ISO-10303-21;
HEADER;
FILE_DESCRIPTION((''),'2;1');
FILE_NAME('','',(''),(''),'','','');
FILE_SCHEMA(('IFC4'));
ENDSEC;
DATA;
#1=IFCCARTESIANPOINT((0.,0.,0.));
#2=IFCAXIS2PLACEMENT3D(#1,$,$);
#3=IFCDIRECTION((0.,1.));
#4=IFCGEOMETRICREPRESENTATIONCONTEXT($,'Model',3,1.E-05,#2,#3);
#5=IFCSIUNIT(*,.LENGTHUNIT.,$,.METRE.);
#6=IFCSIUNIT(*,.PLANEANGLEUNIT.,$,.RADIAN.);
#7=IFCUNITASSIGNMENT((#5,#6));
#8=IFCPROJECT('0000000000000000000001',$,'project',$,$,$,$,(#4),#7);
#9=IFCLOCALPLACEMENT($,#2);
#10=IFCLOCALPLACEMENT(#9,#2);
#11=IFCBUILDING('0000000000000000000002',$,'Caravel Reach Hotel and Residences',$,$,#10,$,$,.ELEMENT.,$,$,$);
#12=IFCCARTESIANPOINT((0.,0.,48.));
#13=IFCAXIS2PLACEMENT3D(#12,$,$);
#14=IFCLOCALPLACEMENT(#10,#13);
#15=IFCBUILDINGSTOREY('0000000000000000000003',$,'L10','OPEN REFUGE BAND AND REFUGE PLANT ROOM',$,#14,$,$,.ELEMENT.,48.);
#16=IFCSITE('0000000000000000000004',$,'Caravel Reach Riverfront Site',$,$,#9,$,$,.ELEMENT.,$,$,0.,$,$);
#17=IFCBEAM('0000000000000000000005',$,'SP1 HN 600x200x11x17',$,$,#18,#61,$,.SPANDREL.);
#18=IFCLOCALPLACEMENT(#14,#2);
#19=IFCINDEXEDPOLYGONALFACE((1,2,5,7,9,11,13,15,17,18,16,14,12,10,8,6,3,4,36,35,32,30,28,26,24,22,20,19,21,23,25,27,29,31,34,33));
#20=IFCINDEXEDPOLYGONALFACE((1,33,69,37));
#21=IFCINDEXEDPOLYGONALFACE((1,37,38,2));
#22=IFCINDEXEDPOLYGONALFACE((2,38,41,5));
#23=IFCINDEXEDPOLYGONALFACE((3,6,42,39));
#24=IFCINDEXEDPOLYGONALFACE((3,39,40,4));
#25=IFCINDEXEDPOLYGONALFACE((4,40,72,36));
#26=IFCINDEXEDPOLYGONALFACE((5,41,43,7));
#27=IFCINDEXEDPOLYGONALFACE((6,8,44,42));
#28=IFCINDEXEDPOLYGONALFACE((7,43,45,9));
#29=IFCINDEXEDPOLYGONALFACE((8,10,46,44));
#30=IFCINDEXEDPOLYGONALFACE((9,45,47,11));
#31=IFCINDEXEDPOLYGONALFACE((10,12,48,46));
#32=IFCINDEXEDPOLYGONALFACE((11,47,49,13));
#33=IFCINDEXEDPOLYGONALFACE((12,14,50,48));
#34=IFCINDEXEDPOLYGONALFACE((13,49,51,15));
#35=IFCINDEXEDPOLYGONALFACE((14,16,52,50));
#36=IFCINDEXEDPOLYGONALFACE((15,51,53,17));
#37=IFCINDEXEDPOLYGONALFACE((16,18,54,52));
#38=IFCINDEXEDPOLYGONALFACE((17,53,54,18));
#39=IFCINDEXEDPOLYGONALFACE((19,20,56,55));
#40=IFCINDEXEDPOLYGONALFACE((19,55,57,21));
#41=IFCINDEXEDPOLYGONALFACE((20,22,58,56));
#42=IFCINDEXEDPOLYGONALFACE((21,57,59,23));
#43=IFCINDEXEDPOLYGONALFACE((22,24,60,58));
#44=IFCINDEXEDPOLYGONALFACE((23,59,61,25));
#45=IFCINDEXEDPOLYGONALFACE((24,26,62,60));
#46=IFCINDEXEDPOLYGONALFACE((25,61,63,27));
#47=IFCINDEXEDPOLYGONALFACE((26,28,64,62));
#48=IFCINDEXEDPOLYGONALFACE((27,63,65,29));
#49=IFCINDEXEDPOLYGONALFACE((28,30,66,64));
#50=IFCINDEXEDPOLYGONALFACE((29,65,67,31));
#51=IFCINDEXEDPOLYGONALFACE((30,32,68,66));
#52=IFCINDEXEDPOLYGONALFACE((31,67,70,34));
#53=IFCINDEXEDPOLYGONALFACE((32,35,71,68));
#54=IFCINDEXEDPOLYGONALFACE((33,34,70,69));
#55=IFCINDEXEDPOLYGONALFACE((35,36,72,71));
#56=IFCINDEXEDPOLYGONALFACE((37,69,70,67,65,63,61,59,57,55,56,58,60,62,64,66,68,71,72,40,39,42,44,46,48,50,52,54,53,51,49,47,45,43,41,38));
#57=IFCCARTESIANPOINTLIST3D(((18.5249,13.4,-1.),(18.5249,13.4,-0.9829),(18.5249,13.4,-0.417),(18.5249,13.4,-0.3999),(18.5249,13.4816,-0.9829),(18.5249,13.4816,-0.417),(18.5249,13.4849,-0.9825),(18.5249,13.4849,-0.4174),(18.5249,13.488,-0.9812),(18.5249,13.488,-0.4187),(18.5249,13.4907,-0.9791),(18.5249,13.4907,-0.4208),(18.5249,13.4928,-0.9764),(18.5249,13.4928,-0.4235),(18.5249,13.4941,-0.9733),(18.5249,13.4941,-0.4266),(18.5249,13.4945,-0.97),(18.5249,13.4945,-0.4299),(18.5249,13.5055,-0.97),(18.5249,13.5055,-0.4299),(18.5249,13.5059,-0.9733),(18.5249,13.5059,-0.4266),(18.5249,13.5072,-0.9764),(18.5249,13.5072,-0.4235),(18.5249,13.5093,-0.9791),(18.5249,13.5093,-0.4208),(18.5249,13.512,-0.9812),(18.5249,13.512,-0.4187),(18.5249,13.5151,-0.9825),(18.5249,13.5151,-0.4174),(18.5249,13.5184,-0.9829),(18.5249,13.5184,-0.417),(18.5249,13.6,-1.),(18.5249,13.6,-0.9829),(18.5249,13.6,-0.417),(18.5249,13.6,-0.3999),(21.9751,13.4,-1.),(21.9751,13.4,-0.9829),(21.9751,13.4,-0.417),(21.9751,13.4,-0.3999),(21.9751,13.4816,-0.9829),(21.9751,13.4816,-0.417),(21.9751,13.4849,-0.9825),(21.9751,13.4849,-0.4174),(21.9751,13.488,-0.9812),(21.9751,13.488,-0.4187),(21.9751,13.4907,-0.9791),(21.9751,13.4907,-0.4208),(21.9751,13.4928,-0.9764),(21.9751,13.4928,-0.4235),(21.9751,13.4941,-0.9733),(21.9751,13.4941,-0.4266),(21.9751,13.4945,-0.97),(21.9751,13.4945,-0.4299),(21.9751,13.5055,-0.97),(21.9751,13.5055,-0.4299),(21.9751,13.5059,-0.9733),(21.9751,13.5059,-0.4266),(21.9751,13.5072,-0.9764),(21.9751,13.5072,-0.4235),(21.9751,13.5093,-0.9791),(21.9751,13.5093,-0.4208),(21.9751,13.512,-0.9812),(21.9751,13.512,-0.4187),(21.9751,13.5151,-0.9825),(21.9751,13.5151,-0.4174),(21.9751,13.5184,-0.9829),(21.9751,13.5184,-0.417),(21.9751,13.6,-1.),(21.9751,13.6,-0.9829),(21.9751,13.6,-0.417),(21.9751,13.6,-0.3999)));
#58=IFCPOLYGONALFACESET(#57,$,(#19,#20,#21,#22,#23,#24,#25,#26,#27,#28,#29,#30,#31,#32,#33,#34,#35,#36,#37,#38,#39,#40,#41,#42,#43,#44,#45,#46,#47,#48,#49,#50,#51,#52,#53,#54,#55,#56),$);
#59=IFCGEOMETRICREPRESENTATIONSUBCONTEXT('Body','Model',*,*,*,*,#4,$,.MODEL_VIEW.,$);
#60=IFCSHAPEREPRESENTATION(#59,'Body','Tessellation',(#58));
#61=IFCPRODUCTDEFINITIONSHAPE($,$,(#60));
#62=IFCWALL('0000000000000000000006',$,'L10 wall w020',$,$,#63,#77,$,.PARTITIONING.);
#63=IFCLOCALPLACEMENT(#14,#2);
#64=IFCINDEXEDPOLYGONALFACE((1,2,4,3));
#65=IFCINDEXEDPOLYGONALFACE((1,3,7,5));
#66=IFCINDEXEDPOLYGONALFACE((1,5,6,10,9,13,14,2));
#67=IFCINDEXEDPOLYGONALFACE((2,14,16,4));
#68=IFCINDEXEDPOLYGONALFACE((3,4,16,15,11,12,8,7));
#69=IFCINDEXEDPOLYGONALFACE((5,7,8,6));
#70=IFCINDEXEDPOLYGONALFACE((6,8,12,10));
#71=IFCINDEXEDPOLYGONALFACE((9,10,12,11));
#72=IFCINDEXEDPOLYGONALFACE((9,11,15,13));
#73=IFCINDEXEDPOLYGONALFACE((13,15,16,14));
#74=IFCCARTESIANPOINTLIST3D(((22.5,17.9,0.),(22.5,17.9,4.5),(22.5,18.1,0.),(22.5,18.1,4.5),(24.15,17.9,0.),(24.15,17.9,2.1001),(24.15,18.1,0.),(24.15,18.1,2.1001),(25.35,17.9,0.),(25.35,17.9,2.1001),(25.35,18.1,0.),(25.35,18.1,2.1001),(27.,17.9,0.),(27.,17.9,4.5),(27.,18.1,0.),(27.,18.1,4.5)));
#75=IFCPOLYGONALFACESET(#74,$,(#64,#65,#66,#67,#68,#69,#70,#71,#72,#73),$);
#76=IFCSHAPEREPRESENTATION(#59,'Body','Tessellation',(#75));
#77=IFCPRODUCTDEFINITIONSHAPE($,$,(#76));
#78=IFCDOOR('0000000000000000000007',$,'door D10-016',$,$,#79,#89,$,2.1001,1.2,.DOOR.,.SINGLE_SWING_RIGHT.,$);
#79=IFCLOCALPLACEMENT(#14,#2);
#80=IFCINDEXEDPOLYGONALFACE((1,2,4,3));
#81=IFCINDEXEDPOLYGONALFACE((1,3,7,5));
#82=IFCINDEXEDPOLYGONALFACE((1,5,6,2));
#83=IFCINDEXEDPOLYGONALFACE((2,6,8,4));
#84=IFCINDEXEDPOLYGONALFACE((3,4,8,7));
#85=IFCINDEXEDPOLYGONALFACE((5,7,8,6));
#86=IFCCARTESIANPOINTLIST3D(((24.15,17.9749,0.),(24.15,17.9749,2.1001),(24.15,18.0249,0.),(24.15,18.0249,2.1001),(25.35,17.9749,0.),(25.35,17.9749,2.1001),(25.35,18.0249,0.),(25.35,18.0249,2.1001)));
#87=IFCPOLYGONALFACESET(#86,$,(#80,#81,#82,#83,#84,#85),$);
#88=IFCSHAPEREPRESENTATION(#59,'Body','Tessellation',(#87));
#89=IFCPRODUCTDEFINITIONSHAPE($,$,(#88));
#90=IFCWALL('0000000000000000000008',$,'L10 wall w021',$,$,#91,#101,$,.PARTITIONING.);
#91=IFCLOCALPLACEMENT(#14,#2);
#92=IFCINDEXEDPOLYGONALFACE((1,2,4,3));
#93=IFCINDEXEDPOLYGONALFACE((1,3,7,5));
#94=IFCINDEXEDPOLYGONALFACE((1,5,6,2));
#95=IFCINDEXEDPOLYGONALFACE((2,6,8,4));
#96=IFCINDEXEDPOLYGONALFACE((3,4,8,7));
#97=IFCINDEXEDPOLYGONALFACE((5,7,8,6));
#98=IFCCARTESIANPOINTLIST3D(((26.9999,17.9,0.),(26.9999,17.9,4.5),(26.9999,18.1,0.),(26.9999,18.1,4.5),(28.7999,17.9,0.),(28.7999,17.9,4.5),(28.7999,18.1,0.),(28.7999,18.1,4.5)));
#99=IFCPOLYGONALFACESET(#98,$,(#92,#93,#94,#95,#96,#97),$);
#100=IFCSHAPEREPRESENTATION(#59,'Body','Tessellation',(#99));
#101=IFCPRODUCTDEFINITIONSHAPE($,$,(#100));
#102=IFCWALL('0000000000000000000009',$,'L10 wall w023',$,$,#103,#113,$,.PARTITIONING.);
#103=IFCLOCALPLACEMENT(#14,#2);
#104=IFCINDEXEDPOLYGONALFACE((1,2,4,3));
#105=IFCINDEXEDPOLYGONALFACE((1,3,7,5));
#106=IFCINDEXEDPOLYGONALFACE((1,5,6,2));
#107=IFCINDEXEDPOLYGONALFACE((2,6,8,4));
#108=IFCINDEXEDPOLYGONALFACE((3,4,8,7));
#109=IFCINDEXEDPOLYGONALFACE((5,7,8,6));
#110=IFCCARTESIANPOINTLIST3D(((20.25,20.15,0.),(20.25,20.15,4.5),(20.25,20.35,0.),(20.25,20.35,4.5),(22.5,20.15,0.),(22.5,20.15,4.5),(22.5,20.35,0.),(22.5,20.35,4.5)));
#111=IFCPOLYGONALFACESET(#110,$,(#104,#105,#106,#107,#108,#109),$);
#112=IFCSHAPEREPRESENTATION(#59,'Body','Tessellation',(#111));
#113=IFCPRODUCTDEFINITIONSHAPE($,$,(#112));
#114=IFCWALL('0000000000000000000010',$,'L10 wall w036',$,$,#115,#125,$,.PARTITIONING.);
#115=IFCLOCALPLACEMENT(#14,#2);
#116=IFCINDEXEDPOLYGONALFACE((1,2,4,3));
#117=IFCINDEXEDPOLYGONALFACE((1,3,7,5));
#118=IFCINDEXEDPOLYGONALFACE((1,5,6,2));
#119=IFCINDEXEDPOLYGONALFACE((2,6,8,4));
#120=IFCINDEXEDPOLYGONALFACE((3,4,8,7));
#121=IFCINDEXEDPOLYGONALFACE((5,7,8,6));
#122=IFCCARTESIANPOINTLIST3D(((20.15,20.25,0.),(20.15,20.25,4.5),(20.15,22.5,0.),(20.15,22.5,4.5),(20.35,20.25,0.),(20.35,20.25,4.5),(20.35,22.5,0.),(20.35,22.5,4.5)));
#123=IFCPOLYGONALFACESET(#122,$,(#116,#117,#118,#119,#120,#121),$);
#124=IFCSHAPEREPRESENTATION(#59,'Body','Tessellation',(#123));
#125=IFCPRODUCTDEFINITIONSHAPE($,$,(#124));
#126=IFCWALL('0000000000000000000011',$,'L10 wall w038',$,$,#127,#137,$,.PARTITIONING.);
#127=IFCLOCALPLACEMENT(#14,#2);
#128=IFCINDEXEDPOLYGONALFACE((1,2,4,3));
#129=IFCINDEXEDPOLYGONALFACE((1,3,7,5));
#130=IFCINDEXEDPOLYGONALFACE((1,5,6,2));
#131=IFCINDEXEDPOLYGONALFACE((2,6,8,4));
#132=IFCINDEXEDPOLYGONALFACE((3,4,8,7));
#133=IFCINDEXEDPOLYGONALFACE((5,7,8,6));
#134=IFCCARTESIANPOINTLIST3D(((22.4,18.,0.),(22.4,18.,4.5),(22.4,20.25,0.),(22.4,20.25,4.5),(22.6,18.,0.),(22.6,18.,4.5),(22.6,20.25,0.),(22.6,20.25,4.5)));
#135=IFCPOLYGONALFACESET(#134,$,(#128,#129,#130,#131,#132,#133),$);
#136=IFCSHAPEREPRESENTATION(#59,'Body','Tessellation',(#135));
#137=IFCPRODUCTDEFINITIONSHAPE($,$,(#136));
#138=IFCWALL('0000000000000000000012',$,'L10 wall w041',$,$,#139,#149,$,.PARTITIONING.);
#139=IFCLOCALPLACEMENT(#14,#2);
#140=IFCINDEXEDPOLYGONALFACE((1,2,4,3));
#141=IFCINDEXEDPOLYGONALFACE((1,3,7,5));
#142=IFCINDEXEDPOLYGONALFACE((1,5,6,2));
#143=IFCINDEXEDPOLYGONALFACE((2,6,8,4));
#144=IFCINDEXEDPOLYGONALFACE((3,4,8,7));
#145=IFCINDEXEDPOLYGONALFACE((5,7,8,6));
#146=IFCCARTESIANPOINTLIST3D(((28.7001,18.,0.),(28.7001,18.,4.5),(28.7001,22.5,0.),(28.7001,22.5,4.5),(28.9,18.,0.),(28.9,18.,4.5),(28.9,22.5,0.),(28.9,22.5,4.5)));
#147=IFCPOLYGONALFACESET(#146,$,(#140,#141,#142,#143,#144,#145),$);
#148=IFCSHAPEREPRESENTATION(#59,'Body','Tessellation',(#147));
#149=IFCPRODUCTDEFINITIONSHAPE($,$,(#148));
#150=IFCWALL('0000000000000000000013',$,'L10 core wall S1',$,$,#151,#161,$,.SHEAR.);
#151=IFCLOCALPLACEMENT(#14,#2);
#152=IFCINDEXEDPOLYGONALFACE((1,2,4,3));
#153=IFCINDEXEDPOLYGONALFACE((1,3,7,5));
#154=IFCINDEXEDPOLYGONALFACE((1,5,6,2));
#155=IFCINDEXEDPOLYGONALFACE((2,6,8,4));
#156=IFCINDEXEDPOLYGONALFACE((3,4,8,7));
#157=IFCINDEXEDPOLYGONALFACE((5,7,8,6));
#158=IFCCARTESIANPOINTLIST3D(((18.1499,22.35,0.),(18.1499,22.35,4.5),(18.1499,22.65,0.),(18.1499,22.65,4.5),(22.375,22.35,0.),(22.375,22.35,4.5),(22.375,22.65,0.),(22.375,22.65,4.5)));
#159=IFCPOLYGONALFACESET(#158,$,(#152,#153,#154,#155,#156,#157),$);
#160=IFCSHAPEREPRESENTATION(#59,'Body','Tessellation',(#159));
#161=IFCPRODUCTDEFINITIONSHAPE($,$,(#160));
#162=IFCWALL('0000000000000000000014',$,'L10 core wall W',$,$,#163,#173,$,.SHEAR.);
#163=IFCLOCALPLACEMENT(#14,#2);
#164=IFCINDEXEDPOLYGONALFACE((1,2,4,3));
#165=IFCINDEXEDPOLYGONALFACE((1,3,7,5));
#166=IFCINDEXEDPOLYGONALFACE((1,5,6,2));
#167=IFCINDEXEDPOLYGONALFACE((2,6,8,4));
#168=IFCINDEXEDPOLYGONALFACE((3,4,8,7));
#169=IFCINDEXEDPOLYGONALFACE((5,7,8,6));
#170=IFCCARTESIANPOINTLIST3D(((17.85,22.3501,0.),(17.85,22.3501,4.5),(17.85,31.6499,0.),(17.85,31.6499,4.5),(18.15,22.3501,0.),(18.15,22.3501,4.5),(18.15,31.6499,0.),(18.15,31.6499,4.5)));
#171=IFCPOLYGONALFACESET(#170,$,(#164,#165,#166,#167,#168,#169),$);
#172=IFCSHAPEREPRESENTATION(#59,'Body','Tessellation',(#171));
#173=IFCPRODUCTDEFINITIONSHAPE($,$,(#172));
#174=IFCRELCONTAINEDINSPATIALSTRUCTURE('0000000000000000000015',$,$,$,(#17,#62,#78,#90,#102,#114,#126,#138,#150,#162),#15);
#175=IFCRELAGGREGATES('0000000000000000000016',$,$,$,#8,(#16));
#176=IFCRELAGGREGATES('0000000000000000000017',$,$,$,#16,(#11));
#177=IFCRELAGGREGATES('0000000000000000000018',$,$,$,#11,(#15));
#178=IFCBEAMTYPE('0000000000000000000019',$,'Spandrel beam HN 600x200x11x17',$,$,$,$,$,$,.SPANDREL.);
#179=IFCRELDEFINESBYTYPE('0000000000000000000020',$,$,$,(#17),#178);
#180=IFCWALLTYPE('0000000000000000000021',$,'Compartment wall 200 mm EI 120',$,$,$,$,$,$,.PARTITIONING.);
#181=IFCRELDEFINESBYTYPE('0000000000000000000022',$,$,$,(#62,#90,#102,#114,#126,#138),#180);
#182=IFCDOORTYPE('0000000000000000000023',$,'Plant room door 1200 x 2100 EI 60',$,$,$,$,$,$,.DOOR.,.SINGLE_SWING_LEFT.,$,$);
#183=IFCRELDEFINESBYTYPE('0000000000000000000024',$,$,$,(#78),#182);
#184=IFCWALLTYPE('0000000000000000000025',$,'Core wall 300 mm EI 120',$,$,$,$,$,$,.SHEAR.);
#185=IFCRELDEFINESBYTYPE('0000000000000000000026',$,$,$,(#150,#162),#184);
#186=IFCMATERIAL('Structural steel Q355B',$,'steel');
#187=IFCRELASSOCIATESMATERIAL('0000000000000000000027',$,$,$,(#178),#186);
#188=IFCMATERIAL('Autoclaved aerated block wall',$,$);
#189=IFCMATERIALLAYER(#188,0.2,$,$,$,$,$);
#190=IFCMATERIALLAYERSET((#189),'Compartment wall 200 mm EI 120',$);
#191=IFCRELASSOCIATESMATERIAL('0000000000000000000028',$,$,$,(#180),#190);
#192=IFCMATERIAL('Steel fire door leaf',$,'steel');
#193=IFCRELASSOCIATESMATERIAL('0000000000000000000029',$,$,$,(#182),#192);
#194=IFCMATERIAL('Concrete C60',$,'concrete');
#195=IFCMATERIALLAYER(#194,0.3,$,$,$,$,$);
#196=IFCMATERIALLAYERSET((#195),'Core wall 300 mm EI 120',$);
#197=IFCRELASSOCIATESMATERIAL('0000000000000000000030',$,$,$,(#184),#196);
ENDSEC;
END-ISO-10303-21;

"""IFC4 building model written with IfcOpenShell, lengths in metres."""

from ifc_helpers import new_model, si_unit, direction, frame, frame_2d, origin, origin_2d, place, context, subcontext, project, spatial, rectangle, i_section, extrude, material, layer, layer_set, material_profile, profile_set, type_object, element, fill, save


model = new_model("IFC4")

# Units and contexts
model_context = context("Model", 3, precision=1e-05, world=origin(), true_north=direction((0.0, 1.0)))
body_context = subcontext(model_context, "Body", "Model", "MODEL_VIEW")
ifc_project = project(units=[si_unit("LENGTHUNIT", "METRE"), si_unit("PLANEANGLEUNIT", "RADIAN")], contexts=[model_context])

# Site, building, storey
site_placement = place(None, origin())
site = spatial("IfcSite", under=ifc_project, at=site_placement, Name="Caravel Reach Riverfront Site", CompositionType="ELEMENT", RefElevation=0.0)
building_placement = place(site_placement, origin())
building = spatial("IfcBuilding", under=site, at=building_placement, Name="Caravel Reach Hotel and Residences", CompositionType="ELEMENT")
storey_placement = place(building_placement, frame((0.0, 0.0, 48.0)))
storey = spatial("IfcBuildingStorey", under=building, at=storey_placement, Name="L10", Description="OPEN REFUGE BAND AND REFUGE PLANT ROOM", CompositionType="ELEMENT", Elevation=48.0)

# Beam
ifc_material_1 = material(Name="Structural steel Q355B", Category="steel")
ifc_material_profile_1 = material_profile(ifc_material_1, i_section(OverallWidth=0.2, OverallDepth=0.6001, WebThickness=0.011, FlangeThickness=0.0171, FilletRadius=0.0129, at=origin_2d()), Name="HN 600x200x11x17")
ifc_profile_set_1 = profile_set([ifc_material_profile_1], Name="Structural steel Q355B")
beam_type_1 = type_object("IfcBeamType", Name="Spandrel beam HN 600x200x11x17", PredefinedType="SPANDREL", material=ifc_profile_set_1)
beam_1_placement = place(storey_placement, frame((18.5249, 13.5, -0.7), z_axis=(1.0, 0.0, 0.0), x_axis=(0.0, 1.0, 0.0)))
element("IfcBeam", 1, at=beam_1_placement, inside=storey, type_object=beam_type_1, Name="SP1 HN 600x200x11x17", PredefinedType="SPANDREL", context=body_context, shape_type="SweptSolid", body=[
    extrude(i_section(OverallWidth=0.2, OverallDepth=0.6001, WebThickness=0.011, FlangeThickness=0.0171, FilletRadius=0.0129, at=origin_2d()), origin(), (0.0, 0.0, 1.0), 3.4502),
])

# Wall, opening, door
ifc_material_2 = material(Name="Autoclaved aerated block wall")
ifc_layer_1 = layer(ifc_material_2, 0.2)
ifc_layer_set_1 = layer_set([ifc_layer_1], Name="Compartment wall 200 mm EI 120")
wall_type_1 = type_object("IfcWallType", Name="Compartment wall 200 mm EI 120", PredefinedType="PARTITIONING", material=ifc_layer_set_1)
wall_1_placement = place(storey_placement, frame((22.5, 18.0, 0.0), z_axis=(0.0, 0.0, 1.0), x_axis=(1.0, 0.0, 0.0)))
wall_1 = element("IfcWall", 2, at=wall_1_placement, inside=storey, type_object=wall_type_1, Name="L10 wall w020", PredefinedType="PARTITIONING", context=body_context, shape_type="SweptSolid", body=[
    extrude(rectangle(XDim=4.5, YDim=0.2, at=frame_2d((2.25, 0.0))), origin(), (0.0, 0.0, 1.0), 4.5),
])
opening_1_placement = place(wall_1_placement, frame((1.6499, 0.0, 0.0)))
opening_1 = element("IfcOpeningElement", 3, at=opening_1_placement, cuts=wall_1, PredefinedType="OPENING", context=body_context, shape_type="SweptSolid", body=[
    extrude(rectangle(XDim=1.2, YDim=2.1001, at=frame_2d((0.6001, 1.05))), frame((0.0, 0.1099, 0.0), z_axis=(0.0, -1.0, 0.0), x_axis=(1.0, 0.0, 0.0)), (0.0, 0.0, 1.0), 0.22),
])
ifc_material_3 = material(Name="Steel fire door leaf", Category="steel")
door_type_1 = type_object("IfcDoorType", Name="Plant room door 1200 x 2100 EI 60", OperationType="SINGLE_SWING_LEFT", PredefinedType="DOOR", material=ifc_material_3)
door_1_placement = place(opening_1_placement, origin())
door_1 = element("IfcDoor", 4, at=door_1_placement, inside=storey, type_object=door_type_1, Name="door D10-016", OperationType="SINGLE_SWING_RIGHT", OverallHeight=2.1001, OverallWidth=1.2, PredefinedType="DOOR", context=body_context, shape_type="SweptSolid", body=[
    extrude(rectangle(XDim=1.2, YDim=2.1001, at=frame_2d((0.6001, 1.05))), frame((0.0, 0.0249, 0.0), z_axis=(0.0, -1.0, 0.0), x_axis=(1.0, 0.0, 0.0)), (0.0, 0.0, 1.0), 0.05),
])
fill(opening_1, door_1)

# Walls
wall_2_placement = place(storey_placement, frame((27.0, 18.0, 0.0), z_axis=(0.0, 0.0, 1.0), x_axis=(1.0, 0.0, 0.0)))
element("IfcWall", 5, at=wall_2_placement, inside=storey, type_object=wall_type_1, Name="L10 wall w021", PredefinedType="PARTITIONING", context=body_context, shape_type="SweptSolid", body=[
    extrude(rectangle(XDim=1.8, YDim=0.2, at=frame_2d((0.8999, 0.0))), origin(), (0.0, 0.0, 1.0), 4.5),
])
for number, where, z_axis, x_axis, name in (
    (6, (20.25, 20.25, 0.0), (0.0, 0.0, 1.0), (1.0, 0.0, 0.0), "L10 wall w023"),
    (7, (20.25, 20.25, 0.0), (0.0, 0.0, 1.0), (0.0, 1.0, 0.0), "L10 wall w036"),
    (8, (22.5, 18.0, 0.0), (0.0, 0.0, 1.0), (0.0, 1.0, 0.0), "L10 wall w038"),
):
    element("IfcWall", number, at=place(storey_placement, frame(where, z_axis=z_axis, x_axis=x_axis)), inside=storey, type_object=wall_type_1, Name=name, PredefinedType="PARTITIONING", context=body_context, shape_type="SweptSolid", body=[
        extrude(rectangle(XDim=2.25, YDim=0.2, at=frame_2d((1.125, 0.0))), origin(), (0.0, 0.0, 1.0), 4.5),
    ])
wall_3_placement = place(storey_placement, frame((28.8, 18.0, 0.0), z_axis=(0.0, 0.0, 1.0), x_axis=(0.0, 1.0, 0.0)))
element("IfcWall", 9, at=wall_3_placement, inside=storey, type_object=wall_type_1, Name="L10 wall w041", PredefinedType="PARTITIONING", context=body_context, shape_type="SweptSolid", body=[
    extrude(rectangle(XDim=4.5, YDim=0.2, at=frame_2d((2.25, 0.0))), origin(), (0.0, 0.0, 1.0), 4.5),
])
ifc_material_4 = material(Name="Concrete C60", Category="concrete")
ifc_layer_2 = layer(ifc_material_4, 0.3)
ifc_layer_set_2 = layer_set([ifc_layer_2], Name="Core wall 300 mm EI 120")
wall_type_2 = type_object("IfcWallType", Name="Core wall 300 mm EI 120", PredefinedType="SHEAR", material=ifc_layer_set_2)
wall_4_placement = place(storey_placement, frame((18.1499, 22.5, 0.0), z_axis=(0.0, 0.0, 1.0), x_axis=(1.0, 0.0, 0.0)))
element("IfcWall", 10, at=wall_4_placement, inside=storey, type_object=wall_type_2, Name="L10 core wall S1", PredefinedType="SHEAR", context=body_context, shape_type="SweptSolid", body=[
    extrude(rectangle(XDim=4.2251, YDim=0.3, at=frame_2d((2.1125, 0.0))), origin(), (0.0, 0.0, 1.0), 4.5),
])
wall_5_placement = place(storey_placement, frame((18.0, 22.3501, 0.0), z_axis=(0.0, 0.0, 1.0), x_axis=(0.0, 1.0, 0.0)))
element("IfcWall", 11, at=wall_5_placement, inside=storey, type_object=wall_type_2, Name="L10 core wall W", PredefinedType="SHEAR", context=body_context, shape_type="SweptSolid", body=[
    extrude(rectangle(XDim=9.2998, YDim=0.3, at=frame_2d((4.6499, 0.0))), origin(), (0.0, 0.0, 1.0), 4.5),
])

save(model, "model.ifc")
